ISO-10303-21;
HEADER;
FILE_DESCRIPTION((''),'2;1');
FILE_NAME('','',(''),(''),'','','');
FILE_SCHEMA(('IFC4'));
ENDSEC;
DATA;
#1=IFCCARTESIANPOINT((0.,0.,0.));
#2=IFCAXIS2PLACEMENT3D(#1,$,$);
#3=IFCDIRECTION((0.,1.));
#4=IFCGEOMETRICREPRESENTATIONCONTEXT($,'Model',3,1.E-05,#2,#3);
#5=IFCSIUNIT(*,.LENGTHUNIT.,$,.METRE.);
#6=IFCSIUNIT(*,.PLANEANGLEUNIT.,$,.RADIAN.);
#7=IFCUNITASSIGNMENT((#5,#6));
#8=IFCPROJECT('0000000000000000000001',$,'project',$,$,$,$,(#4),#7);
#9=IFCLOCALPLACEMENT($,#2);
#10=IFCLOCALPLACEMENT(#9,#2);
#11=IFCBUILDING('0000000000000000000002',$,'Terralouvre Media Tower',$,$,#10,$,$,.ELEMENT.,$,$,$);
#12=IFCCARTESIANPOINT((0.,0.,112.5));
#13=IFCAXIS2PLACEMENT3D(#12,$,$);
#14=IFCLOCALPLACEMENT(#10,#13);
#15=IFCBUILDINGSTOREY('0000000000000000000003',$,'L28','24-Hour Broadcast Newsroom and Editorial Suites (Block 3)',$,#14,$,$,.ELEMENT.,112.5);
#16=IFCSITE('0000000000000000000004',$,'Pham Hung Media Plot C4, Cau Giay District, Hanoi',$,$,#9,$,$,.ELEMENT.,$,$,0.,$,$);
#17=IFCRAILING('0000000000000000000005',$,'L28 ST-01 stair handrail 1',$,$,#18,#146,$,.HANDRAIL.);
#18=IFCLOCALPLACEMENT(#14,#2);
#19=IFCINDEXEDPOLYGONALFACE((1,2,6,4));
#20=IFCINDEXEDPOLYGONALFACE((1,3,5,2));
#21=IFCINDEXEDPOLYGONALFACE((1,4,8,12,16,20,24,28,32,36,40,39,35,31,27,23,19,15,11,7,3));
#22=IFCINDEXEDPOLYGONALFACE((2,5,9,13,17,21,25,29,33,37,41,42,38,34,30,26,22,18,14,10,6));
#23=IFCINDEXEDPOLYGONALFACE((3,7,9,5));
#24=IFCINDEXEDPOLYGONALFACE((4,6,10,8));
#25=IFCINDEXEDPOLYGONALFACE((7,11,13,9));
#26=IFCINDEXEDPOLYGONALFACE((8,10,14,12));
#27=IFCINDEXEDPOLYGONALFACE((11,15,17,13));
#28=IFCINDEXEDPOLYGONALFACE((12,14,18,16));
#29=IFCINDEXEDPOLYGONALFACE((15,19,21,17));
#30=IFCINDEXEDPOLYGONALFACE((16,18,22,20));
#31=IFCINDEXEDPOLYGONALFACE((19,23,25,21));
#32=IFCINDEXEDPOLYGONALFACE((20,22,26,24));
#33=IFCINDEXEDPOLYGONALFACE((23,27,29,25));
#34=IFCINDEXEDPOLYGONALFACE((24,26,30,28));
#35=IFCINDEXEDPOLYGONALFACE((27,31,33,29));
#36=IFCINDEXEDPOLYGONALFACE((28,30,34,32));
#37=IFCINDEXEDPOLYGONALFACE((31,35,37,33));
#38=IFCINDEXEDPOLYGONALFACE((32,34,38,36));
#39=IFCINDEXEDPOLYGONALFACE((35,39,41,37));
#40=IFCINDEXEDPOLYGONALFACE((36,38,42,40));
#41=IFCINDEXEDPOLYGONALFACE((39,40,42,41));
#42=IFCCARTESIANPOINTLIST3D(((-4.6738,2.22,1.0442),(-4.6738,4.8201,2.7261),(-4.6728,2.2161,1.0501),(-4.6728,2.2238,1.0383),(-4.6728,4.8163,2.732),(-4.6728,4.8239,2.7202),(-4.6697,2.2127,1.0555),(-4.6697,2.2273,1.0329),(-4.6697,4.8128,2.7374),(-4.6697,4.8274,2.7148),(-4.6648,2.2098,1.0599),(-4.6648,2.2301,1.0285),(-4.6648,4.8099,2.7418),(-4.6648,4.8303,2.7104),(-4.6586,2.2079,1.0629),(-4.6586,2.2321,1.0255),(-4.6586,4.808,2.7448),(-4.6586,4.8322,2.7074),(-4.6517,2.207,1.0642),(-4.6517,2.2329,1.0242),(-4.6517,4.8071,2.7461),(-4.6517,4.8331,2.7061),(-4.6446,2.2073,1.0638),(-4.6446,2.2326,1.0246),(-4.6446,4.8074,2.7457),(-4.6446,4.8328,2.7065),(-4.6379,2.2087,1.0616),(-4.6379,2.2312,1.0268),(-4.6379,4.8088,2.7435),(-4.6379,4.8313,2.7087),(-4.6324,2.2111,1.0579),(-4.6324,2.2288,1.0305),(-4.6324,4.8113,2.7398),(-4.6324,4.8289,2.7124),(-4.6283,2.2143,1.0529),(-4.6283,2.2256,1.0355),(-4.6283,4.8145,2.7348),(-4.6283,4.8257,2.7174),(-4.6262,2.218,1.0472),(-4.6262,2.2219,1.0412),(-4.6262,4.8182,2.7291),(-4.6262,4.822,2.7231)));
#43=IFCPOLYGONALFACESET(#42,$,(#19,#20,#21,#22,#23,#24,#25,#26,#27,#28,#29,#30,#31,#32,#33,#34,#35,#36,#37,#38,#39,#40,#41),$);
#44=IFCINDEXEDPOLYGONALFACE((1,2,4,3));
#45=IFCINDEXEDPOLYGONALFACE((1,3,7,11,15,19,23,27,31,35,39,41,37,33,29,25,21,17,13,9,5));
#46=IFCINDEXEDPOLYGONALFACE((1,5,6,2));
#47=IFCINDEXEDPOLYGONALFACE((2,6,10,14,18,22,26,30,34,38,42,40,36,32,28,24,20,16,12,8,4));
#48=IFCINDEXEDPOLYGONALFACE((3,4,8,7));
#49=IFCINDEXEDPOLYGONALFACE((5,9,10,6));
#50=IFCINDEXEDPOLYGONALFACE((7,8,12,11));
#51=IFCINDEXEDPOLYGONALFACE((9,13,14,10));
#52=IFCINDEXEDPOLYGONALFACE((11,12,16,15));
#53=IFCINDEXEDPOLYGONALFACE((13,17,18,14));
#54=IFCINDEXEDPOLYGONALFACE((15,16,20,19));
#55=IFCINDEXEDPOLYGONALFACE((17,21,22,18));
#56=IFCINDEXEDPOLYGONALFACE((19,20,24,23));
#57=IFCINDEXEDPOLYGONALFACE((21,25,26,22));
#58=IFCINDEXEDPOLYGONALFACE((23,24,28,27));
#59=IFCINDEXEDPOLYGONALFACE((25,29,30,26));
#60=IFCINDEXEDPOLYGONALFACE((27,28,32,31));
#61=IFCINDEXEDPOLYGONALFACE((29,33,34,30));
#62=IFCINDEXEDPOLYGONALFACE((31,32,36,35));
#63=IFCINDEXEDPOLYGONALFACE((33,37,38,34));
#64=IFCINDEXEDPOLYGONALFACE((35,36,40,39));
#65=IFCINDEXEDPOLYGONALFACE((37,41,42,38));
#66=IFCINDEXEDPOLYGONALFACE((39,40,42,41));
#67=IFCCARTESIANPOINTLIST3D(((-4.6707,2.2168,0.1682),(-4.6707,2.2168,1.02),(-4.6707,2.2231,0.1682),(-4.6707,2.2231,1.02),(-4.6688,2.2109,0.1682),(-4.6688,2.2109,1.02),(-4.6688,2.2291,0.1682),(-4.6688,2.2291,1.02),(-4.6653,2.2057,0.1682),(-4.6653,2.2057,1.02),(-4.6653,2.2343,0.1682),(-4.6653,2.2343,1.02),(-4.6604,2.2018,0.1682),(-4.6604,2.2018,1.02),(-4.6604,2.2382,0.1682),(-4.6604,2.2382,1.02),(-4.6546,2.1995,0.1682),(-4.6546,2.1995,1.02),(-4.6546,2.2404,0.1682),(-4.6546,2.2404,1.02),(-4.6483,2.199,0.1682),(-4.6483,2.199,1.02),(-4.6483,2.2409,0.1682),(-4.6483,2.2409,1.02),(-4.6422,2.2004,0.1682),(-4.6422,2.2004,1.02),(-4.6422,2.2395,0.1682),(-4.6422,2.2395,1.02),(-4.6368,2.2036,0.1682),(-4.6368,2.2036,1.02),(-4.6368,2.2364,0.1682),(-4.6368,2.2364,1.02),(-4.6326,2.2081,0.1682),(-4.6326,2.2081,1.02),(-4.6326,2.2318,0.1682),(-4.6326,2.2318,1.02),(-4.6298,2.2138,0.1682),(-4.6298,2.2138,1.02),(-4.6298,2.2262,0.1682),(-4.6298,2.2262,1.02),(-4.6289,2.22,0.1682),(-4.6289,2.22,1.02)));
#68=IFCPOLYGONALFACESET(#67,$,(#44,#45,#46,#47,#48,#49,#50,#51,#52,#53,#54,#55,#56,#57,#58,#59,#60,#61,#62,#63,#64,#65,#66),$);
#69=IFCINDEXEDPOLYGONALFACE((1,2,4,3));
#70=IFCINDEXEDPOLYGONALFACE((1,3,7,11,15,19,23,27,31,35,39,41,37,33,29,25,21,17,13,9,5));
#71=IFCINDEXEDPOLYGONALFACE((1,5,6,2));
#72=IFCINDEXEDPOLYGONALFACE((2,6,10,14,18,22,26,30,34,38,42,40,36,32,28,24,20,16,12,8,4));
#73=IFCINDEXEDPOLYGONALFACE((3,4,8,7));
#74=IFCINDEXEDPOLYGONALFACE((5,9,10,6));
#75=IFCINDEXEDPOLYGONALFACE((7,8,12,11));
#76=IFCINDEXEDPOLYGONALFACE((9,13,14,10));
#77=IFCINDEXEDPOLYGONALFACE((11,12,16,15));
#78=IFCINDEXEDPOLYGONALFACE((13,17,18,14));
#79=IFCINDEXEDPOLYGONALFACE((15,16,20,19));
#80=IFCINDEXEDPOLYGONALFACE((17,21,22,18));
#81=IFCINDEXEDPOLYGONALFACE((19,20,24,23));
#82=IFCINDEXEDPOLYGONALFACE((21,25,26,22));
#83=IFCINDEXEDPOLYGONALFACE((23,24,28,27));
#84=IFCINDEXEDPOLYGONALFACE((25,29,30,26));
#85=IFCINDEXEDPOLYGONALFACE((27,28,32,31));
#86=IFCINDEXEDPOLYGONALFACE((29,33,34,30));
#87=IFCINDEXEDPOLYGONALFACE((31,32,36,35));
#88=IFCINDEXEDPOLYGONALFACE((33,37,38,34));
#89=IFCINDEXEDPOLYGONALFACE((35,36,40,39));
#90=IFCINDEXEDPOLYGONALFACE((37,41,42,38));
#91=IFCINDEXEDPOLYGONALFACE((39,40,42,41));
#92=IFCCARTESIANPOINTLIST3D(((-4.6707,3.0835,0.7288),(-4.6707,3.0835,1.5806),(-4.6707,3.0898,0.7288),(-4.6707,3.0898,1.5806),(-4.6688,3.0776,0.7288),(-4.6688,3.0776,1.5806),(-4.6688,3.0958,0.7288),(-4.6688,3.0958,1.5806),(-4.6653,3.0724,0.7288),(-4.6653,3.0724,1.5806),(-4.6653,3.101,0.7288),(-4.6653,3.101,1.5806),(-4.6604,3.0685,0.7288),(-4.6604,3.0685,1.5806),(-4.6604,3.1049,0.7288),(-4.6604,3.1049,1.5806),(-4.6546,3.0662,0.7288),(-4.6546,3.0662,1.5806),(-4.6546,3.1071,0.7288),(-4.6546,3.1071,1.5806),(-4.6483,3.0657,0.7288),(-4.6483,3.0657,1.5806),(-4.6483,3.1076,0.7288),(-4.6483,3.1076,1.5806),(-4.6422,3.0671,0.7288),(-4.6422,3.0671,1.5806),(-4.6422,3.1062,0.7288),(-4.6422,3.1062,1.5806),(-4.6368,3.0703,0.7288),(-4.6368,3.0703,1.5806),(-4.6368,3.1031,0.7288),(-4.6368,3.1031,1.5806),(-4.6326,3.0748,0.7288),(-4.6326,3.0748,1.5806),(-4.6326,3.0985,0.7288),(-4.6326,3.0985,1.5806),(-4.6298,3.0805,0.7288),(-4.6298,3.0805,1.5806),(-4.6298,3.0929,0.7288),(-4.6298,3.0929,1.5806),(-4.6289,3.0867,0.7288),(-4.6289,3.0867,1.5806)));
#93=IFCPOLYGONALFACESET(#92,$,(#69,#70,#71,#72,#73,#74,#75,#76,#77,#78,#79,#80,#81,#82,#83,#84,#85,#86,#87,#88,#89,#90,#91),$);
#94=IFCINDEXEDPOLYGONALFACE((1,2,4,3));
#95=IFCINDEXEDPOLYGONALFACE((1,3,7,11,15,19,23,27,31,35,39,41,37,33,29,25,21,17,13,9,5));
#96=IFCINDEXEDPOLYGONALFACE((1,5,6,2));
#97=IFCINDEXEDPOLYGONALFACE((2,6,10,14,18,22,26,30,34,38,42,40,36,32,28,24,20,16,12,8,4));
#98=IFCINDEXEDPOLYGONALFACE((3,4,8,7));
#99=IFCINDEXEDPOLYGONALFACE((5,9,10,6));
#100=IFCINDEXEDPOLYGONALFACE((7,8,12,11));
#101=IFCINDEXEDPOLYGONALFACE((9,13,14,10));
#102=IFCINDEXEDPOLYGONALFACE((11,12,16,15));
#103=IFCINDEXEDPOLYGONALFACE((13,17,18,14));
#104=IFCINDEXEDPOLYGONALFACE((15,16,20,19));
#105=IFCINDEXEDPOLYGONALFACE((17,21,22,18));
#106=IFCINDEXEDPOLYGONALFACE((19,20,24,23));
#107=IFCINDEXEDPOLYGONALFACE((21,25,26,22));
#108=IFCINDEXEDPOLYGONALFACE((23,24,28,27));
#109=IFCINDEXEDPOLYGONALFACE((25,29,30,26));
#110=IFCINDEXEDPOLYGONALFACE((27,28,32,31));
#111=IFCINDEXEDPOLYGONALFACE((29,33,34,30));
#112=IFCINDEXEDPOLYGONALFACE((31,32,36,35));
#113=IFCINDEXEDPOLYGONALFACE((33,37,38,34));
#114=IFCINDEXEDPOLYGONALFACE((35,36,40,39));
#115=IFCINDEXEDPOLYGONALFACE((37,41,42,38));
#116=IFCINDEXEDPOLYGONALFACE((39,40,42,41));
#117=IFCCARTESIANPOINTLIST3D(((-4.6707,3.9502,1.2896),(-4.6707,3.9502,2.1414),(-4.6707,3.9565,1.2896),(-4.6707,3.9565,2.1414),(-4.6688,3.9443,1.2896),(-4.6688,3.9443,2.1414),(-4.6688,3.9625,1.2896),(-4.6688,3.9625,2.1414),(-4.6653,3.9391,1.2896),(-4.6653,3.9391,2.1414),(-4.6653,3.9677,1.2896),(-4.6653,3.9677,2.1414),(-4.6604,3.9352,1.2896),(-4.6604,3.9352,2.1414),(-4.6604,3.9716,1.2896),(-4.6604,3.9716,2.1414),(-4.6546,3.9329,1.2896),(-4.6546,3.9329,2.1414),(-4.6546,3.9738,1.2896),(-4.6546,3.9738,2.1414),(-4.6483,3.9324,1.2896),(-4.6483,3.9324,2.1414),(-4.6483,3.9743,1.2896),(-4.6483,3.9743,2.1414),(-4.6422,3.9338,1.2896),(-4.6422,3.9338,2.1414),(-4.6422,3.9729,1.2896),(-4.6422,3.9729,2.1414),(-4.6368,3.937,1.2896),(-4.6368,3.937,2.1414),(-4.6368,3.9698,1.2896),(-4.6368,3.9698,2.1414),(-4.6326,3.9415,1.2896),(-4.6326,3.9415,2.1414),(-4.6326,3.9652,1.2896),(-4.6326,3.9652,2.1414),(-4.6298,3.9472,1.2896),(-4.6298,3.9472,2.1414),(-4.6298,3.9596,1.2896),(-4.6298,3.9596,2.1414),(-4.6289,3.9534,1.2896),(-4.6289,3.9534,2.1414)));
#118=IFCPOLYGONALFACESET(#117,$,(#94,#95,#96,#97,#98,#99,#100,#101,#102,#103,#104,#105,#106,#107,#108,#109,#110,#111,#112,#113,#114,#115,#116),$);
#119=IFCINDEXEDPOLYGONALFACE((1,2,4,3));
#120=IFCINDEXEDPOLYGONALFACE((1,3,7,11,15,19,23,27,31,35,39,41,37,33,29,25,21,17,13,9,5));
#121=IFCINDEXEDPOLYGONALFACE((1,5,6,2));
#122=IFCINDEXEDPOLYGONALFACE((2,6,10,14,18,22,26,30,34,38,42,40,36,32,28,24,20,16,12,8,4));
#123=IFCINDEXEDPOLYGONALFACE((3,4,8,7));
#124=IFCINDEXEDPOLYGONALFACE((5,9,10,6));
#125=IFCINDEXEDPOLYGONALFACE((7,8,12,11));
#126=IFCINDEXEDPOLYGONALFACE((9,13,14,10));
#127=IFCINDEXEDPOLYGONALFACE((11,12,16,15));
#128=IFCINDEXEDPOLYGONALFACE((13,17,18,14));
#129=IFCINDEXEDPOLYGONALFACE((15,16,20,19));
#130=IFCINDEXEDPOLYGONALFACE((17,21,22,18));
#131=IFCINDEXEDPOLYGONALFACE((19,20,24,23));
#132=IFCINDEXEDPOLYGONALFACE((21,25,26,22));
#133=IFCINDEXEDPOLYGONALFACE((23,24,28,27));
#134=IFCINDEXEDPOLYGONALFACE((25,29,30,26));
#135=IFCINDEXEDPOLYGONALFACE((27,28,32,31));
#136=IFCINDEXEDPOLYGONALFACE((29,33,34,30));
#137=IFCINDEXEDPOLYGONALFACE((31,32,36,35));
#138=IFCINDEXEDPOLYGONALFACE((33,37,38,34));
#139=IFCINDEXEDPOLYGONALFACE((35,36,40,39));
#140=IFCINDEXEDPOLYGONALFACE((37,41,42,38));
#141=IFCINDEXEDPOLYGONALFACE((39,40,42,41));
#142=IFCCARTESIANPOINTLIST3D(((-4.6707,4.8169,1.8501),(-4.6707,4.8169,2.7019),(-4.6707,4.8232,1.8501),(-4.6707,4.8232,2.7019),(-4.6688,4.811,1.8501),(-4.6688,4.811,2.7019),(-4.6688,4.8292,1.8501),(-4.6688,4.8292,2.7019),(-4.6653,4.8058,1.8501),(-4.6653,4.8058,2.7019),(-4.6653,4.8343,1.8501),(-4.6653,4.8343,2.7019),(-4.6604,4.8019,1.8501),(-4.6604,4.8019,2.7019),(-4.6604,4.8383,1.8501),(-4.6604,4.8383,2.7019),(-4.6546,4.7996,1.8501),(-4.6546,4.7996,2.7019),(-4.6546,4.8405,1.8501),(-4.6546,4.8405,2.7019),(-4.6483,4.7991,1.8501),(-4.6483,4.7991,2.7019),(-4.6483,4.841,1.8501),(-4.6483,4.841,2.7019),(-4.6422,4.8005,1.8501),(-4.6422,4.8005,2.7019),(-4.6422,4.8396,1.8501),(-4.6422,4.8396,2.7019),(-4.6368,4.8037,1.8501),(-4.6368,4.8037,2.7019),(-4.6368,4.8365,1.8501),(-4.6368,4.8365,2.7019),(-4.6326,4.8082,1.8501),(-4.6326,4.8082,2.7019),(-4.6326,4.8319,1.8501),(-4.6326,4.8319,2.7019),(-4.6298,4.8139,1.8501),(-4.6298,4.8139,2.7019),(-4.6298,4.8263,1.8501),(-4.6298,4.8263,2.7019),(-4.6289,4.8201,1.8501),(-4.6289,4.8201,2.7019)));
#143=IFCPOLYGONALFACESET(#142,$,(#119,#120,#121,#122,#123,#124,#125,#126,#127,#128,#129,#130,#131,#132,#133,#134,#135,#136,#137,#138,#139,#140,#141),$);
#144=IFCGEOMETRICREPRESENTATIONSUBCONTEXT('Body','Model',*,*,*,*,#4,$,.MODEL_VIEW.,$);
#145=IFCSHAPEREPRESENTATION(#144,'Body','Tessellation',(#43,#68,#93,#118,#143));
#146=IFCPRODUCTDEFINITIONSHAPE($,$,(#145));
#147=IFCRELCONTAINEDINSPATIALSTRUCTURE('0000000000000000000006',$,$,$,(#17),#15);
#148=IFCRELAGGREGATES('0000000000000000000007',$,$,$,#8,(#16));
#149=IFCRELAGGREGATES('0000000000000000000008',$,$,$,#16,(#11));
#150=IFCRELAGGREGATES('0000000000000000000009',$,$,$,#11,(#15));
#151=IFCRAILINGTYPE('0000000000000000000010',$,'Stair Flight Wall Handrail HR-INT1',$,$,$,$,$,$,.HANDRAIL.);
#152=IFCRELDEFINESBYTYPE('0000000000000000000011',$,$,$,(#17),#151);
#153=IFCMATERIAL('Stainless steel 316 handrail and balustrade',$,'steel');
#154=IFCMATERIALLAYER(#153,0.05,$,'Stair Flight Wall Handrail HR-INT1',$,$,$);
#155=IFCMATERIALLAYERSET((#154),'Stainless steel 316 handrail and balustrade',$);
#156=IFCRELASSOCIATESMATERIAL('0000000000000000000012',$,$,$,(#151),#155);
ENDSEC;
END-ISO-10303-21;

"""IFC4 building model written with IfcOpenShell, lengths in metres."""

from ifc_helpers import new_model, si_unit, direction, frame, origin, origin_2d, place, context, subcontext, project, spatial, circle, extrude, material, layer, layer_set, type_object, element, save


model = new_model("IFC4")

# Units and contexts
model_context = context("Model", 3, precision=1e-05, world=origin(), true_north=direction((0.0, 1.0)))
body_context = subcontext(model_context, "Body", "Model", "MODEL_VIEW")
ifc_project = project(units=[si_unit("LENGTHUNIT", "METRE"), si_unit("PLANEANGLEUNIT", "RADIAN")], contexts=[model_context])

# Site, building, storey
site_placement = place(None, origin())
site = spatial("IfcSite", under=ifc_project, at=site_placement, Name="Pham Hung Media Plot C4, Cau Giay District, Hanoi", CompositionType="ELEMENT", RefElevation=0.0)
building_placement = place(site_placement, origin())
building = spatial("IfcBuilding", under=site, at=building_placement, Name="Terralouvre Media Tower", CompositionType="ELEMENT")
storey_placement = place(building_placement, frame((0.0, 0.0, 112.5)))
storey = spatial("IfcBuildingStorey", under=building, at=storey_placement, Name="L28", Description="24-Hour Broadcast Newsroom and Editorial Suites (Block 3)", CompositionType="ELEMENT", Elevation=112.5)

# Railing
ifc_material_1 = material(Name="Stainless steel 316 handrail and balustrade", Category="steel")
ifc_layer_1 = layer(ifc_material_1, 0.05, Name="Stair Flight Wall Handrail HR-INT1")
ifc_layer_set_1 = layer_set([ifc_layer_1], Name="Stainless steel 316 handrail and balustrade")
railing_type_1 = type_object("IfcRailingType", Name="Stair Flight Wall Handrail HR-INT1", PredefinedType="HANDRAIL", material=ifc_layer_set_1)
railing_1_placement = place(storey_placement, frame((-4.6499, 2.22, 0.1682)))
element("IfcRailing", 1, at=railing_1_placement, inside=storey, type_object=railing_type_1, Name="L28 ST-01 stair handrail 1", PredefinedType="HANDRAIL", context=body_context, shape_type="SweptSolid", body=[
    extrude(circle(Radius=0.0239, at=origin_2d()), frame((0.0, 0.0, 0.876), z_axis=(0.0, 0.839648, 0.54313), x_axis=(-1.0, 0.0, 0.0)), (0.0, 0.0, 1.0), 3.0967),
    extrude(circle(Radius=0.021, at=origin_2d()), origin(), (0.0, 0.0, 1.0), 0.8518),
    extrude(circle(Radius=0.021, at=origin_2d()), frame((0.0, 0.8667, 0.5605)), (0.0, 0.0, 1.0), 0.8518),
    extrude(circle(Radius=0.021, at=origin_2d()), frame((0.0, 1.7334, 1.1213)), (0.0, 0.0, 1.0), 0.8518),
    extrude(circle(Radius=0.021, at=origin_2d()), frame((0.0, 2.6001, 1.6819)), (0.0, 0.0, 1.0), 0.8518),
])

save(model, "model.ifc")
